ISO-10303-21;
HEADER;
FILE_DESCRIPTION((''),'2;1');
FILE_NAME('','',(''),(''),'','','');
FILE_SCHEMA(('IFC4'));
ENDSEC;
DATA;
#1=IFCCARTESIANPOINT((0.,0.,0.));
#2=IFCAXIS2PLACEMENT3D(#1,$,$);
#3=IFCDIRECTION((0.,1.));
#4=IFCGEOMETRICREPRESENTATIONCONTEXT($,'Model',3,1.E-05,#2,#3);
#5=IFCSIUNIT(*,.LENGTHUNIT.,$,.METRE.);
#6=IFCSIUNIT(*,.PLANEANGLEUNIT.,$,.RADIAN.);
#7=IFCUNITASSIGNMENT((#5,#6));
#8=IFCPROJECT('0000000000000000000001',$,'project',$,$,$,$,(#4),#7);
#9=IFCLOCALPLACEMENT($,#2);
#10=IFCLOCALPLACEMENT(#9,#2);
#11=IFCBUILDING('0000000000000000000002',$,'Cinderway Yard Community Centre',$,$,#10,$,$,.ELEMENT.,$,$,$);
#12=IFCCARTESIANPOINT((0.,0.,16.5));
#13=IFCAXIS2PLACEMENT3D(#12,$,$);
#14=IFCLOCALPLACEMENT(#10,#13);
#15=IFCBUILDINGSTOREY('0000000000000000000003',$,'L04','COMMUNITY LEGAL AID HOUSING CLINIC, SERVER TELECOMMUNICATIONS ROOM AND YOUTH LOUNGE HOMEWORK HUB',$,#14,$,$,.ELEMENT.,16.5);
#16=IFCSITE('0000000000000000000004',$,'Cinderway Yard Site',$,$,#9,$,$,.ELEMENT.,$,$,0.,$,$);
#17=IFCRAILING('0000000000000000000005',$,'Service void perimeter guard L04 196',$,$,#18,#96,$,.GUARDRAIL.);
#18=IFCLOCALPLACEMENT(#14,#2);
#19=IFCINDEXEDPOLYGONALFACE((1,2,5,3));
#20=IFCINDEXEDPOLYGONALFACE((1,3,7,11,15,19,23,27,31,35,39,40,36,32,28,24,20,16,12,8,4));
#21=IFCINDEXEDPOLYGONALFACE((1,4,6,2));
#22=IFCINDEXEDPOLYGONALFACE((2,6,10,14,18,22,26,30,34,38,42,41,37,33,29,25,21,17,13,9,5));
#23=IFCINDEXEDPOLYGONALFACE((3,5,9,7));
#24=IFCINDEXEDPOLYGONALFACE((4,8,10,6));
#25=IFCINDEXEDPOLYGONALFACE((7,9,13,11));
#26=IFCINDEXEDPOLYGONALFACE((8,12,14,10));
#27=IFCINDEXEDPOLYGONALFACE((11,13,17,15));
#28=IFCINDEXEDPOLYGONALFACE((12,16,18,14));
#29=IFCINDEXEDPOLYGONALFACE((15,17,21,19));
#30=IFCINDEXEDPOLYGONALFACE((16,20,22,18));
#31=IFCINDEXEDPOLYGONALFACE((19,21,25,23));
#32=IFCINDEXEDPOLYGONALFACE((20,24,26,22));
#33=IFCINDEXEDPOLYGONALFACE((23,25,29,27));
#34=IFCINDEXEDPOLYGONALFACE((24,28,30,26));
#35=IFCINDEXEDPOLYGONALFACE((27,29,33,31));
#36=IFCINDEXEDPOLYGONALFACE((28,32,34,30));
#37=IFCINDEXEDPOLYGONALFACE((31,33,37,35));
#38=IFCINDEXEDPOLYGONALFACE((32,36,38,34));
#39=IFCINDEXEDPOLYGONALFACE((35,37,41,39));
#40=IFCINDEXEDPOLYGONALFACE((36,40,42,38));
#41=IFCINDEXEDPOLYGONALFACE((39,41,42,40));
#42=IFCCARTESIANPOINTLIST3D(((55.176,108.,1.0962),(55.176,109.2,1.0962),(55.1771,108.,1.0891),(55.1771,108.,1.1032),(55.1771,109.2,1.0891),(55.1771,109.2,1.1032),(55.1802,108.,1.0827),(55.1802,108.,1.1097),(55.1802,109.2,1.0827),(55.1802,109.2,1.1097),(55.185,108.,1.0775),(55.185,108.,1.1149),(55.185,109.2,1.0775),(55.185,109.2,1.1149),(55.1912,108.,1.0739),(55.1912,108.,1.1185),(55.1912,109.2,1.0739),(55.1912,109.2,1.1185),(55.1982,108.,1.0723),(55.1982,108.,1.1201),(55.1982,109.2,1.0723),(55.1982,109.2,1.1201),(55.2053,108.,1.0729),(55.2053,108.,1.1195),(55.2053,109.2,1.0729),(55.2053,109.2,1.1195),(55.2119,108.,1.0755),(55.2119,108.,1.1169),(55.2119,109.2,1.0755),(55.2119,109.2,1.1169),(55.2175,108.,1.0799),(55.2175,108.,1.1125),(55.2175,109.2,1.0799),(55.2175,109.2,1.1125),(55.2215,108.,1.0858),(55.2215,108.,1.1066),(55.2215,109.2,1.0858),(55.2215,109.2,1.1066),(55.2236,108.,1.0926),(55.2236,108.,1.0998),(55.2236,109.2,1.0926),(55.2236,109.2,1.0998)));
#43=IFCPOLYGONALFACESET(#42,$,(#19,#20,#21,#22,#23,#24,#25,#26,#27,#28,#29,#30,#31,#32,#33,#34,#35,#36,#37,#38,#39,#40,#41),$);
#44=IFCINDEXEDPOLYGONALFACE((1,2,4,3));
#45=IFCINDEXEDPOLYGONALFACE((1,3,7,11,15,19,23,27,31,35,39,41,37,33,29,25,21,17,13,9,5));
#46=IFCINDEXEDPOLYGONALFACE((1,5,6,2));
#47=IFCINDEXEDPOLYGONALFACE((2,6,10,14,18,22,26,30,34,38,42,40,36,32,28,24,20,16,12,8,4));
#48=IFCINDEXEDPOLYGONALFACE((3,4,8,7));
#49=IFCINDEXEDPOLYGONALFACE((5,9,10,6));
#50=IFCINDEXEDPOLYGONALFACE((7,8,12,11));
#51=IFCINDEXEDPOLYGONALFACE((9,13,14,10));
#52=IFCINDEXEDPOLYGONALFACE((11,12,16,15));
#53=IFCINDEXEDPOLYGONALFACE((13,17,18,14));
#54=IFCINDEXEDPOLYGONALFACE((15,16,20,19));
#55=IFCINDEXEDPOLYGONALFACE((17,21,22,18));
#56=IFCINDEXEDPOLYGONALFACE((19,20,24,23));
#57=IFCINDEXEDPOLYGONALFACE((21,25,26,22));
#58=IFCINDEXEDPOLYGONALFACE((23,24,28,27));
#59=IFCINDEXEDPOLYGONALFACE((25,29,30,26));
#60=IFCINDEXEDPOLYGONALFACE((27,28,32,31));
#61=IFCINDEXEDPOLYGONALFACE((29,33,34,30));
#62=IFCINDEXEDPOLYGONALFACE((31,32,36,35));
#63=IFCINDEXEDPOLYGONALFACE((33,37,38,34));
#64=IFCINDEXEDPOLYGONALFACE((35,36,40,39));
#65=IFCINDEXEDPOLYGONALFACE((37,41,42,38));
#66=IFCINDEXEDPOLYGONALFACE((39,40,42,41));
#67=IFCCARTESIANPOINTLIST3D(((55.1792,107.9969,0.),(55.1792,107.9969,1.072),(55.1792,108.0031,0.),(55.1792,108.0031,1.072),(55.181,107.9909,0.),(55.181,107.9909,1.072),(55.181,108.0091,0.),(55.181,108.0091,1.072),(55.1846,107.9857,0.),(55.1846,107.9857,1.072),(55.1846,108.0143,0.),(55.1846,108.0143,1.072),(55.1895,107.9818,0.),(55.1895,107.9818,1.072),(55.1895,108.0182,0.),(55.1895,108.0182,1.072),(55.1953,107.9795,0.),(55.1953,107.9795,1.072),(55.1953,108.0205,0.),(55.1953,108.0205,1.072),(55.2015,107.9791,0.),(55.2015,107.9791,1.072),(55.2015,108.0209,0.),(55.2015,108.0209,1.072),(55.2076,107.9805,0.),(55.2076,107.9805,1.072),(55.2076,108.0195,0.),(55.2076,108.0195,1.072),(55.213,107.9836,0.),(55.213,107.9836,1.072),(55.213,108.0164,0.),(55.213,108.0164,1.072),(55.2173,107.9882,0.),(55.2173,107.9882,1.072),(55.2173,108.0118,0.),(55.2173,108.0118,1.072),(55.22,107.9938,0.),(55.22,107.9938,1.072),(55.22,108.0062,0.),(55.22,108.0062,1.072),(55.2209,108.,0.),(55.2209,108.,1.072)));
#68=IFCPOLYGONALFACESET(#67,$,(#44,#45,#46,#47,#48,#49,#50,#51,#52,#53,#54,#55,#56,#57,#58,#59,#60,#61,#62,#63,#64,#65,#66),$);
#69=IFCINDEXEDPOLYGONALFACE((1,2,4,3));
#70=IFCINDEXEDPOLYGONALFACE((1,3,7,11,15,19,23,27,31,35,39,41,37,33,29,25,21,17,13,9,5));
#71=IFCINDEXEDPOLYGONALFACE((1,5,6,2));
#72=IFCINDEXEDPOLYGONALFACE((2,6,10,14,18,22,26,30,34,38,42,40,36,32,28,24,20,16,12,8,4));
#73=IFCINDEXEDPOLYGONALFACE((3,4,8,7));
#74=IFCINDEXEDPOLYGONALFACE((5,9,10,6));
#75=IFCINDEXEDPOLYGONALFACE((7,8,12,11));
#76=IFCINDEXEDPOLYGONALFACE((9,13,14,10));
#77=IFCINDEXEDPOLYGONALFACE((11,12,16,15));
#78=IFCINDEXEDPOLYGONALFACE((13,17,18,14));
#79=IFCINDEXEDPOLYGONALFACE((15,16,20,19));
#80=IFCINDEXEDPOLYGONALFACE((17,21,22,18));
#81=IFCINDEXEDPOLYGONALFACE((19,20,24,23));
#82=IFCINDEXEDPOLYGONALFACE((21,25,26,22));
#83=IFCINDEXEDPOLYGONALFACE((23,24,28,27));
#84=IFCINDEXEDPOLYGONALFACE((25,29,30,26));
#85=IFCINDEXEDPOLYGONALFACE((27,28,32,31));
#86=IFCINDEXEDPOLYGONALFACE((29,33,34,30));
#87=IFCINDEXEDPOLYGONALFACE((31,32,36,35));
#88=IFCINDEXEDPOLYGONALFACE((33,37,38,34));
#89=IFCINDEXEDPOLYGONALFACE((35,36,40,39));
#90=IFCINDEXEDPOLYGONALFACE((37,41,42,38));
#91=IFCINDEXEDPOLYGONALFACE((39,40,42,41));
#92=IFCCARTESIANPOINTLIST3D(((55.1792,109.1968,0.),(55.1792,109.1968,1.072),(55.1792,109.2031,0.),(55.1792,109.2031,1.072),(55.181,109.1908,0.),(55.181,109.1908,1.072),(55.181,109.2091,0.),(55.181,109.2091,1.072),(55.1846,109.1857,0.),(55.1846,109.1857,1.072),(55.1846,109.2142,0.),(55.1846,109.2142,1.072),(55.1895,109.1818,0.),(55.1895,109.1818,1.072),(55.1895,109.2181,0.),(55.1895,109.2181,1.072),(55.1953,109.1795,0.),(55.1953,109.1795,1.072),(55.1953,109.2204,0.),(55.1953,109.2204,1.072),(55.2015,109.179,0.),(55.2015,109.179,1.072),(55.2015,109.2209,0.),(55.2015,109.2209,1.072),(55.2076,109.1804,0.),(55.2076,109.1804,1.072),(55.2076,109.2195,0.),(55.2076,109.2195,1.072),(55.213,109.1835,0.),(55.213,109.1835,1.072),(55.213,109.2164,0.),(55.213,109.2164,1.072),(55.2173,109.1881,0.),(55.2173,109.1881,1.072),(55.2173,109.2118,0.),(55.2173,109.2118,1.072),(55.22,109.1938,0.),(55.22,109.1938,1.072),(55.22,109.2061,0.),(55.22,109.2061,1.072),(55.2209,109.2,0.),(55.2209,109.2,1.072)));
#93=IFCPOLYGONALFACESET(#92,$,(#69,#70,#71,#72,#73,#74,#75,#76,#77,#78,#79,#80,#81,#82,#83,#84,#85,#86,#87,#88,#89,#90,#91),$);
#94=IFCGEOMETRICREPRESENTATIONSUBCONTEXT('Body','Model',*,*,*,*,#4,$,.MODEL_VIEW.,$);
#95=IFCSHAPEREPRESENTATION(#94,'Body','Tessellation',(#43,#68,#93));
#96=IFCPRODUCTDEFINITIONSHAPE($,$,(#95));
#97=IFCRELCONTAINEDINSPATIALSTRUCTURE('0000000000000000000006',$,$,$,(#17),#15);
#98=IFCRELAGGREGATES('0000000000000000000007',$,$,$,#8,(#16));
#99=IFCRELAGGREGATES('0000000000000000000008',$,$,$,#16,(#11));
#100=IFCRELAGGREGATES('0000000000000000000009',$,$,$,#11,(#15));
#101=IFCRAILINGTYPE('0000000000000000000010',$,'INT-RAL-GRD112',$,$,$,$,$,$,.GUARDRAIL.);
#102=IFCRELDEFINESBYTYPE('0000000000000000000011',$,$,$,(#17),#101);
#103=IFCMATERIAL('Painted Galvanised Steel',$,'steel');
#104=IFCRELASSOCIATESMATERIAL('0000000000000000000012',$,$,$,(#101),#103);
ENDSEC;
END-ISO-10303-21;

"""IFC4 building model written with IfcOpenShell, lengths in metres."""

from ifc_helpers import new_model, si_unit, direction, frame, origin, origin_2d, place, context, subcontext, project, spatial, circle, extrude, material, type_object, element, save


model = new_model("IFC4")

# Units and contexts
model_context = context("Model", 3, precision=1e-05, world=origin(), true_north=direction((0.0, 1.0)))
body_context = subcontext(model_context, "Body", "Model", "MODEL_VIEW")
ifc_project = project(units=[si_unit("LENGTHUNIT", "METRE"), si_unit("PLANEANGLEUNIT", "RADIAN")], contexts=[model_context])

# Site, building, storey
site_placement = place(None, origin())
site = spatial("IfcSite", under=ifc_project, at=site_placement, Name="Cinderway Yard Site", CompositionType="ELEMENT", RefElevation=0.0)
building_placement = place(site_placement, origin())
building = spatial("IfcBuilding", under=site, at=building_placement, Name="Cinderway Yard Community Centre", CompositionType="ELEMENT")
storey_placement = place(building_placement, frame((0.0, 0.0, 16.5)))
storey = spatial("IfcBuildingStorey", under=building, at=storey_placement, Name="L04", Description="COMMUNITY LEGAL AID HOUSING CLINIC, SERVER TELECOMMUNICATIONS ROOM AND YOUTH LOUNGE HOMEWORK HUB", CompositionType="ELEMENT", Elevation=16.5)

# Shared definitions
ifc_material_1 = material(Name="Painted Galvanised Steel", Category="steel")

# Railing
railing_type = type_object("IfcRailingType", Name="INT-RAL-GRD112", PredefinedType="GUARDRAIL", material=ifc_material_1)
railing_1_placement = place(storey_placement, frame((55.2, 108.0, 0.0)))
element("IfcRailing", 1, at=railing_1_placement, inside=storey, type_object=railing_type, Name="Service void perimeter guard L04 196", PredefinedType="GUARDRAIL", context=body_context, shape_type="SweptSolid", body=[
    extrude(circle(Radius=0.0239, at=origin_2d()), frame((0.0, 0.0, 1.0962), z_axis=(0.0, 1.0, 0.0), x_axis=(-1.0, 0.0, 0.0)), (0.0, 0.0, 1.0), 1.2),
    extrude(circle(Radius=0.021, at=origin_2d()), origin(), (0.0, 0.0, 1.0), 1.072),
    extrude(circle(Radius=0.021, at=origin_2d()), frame((0.0, 1.2, 0.0)), (0.0, 0.0, 1.0), 1.072),
])

save(model, "model.ifc")
